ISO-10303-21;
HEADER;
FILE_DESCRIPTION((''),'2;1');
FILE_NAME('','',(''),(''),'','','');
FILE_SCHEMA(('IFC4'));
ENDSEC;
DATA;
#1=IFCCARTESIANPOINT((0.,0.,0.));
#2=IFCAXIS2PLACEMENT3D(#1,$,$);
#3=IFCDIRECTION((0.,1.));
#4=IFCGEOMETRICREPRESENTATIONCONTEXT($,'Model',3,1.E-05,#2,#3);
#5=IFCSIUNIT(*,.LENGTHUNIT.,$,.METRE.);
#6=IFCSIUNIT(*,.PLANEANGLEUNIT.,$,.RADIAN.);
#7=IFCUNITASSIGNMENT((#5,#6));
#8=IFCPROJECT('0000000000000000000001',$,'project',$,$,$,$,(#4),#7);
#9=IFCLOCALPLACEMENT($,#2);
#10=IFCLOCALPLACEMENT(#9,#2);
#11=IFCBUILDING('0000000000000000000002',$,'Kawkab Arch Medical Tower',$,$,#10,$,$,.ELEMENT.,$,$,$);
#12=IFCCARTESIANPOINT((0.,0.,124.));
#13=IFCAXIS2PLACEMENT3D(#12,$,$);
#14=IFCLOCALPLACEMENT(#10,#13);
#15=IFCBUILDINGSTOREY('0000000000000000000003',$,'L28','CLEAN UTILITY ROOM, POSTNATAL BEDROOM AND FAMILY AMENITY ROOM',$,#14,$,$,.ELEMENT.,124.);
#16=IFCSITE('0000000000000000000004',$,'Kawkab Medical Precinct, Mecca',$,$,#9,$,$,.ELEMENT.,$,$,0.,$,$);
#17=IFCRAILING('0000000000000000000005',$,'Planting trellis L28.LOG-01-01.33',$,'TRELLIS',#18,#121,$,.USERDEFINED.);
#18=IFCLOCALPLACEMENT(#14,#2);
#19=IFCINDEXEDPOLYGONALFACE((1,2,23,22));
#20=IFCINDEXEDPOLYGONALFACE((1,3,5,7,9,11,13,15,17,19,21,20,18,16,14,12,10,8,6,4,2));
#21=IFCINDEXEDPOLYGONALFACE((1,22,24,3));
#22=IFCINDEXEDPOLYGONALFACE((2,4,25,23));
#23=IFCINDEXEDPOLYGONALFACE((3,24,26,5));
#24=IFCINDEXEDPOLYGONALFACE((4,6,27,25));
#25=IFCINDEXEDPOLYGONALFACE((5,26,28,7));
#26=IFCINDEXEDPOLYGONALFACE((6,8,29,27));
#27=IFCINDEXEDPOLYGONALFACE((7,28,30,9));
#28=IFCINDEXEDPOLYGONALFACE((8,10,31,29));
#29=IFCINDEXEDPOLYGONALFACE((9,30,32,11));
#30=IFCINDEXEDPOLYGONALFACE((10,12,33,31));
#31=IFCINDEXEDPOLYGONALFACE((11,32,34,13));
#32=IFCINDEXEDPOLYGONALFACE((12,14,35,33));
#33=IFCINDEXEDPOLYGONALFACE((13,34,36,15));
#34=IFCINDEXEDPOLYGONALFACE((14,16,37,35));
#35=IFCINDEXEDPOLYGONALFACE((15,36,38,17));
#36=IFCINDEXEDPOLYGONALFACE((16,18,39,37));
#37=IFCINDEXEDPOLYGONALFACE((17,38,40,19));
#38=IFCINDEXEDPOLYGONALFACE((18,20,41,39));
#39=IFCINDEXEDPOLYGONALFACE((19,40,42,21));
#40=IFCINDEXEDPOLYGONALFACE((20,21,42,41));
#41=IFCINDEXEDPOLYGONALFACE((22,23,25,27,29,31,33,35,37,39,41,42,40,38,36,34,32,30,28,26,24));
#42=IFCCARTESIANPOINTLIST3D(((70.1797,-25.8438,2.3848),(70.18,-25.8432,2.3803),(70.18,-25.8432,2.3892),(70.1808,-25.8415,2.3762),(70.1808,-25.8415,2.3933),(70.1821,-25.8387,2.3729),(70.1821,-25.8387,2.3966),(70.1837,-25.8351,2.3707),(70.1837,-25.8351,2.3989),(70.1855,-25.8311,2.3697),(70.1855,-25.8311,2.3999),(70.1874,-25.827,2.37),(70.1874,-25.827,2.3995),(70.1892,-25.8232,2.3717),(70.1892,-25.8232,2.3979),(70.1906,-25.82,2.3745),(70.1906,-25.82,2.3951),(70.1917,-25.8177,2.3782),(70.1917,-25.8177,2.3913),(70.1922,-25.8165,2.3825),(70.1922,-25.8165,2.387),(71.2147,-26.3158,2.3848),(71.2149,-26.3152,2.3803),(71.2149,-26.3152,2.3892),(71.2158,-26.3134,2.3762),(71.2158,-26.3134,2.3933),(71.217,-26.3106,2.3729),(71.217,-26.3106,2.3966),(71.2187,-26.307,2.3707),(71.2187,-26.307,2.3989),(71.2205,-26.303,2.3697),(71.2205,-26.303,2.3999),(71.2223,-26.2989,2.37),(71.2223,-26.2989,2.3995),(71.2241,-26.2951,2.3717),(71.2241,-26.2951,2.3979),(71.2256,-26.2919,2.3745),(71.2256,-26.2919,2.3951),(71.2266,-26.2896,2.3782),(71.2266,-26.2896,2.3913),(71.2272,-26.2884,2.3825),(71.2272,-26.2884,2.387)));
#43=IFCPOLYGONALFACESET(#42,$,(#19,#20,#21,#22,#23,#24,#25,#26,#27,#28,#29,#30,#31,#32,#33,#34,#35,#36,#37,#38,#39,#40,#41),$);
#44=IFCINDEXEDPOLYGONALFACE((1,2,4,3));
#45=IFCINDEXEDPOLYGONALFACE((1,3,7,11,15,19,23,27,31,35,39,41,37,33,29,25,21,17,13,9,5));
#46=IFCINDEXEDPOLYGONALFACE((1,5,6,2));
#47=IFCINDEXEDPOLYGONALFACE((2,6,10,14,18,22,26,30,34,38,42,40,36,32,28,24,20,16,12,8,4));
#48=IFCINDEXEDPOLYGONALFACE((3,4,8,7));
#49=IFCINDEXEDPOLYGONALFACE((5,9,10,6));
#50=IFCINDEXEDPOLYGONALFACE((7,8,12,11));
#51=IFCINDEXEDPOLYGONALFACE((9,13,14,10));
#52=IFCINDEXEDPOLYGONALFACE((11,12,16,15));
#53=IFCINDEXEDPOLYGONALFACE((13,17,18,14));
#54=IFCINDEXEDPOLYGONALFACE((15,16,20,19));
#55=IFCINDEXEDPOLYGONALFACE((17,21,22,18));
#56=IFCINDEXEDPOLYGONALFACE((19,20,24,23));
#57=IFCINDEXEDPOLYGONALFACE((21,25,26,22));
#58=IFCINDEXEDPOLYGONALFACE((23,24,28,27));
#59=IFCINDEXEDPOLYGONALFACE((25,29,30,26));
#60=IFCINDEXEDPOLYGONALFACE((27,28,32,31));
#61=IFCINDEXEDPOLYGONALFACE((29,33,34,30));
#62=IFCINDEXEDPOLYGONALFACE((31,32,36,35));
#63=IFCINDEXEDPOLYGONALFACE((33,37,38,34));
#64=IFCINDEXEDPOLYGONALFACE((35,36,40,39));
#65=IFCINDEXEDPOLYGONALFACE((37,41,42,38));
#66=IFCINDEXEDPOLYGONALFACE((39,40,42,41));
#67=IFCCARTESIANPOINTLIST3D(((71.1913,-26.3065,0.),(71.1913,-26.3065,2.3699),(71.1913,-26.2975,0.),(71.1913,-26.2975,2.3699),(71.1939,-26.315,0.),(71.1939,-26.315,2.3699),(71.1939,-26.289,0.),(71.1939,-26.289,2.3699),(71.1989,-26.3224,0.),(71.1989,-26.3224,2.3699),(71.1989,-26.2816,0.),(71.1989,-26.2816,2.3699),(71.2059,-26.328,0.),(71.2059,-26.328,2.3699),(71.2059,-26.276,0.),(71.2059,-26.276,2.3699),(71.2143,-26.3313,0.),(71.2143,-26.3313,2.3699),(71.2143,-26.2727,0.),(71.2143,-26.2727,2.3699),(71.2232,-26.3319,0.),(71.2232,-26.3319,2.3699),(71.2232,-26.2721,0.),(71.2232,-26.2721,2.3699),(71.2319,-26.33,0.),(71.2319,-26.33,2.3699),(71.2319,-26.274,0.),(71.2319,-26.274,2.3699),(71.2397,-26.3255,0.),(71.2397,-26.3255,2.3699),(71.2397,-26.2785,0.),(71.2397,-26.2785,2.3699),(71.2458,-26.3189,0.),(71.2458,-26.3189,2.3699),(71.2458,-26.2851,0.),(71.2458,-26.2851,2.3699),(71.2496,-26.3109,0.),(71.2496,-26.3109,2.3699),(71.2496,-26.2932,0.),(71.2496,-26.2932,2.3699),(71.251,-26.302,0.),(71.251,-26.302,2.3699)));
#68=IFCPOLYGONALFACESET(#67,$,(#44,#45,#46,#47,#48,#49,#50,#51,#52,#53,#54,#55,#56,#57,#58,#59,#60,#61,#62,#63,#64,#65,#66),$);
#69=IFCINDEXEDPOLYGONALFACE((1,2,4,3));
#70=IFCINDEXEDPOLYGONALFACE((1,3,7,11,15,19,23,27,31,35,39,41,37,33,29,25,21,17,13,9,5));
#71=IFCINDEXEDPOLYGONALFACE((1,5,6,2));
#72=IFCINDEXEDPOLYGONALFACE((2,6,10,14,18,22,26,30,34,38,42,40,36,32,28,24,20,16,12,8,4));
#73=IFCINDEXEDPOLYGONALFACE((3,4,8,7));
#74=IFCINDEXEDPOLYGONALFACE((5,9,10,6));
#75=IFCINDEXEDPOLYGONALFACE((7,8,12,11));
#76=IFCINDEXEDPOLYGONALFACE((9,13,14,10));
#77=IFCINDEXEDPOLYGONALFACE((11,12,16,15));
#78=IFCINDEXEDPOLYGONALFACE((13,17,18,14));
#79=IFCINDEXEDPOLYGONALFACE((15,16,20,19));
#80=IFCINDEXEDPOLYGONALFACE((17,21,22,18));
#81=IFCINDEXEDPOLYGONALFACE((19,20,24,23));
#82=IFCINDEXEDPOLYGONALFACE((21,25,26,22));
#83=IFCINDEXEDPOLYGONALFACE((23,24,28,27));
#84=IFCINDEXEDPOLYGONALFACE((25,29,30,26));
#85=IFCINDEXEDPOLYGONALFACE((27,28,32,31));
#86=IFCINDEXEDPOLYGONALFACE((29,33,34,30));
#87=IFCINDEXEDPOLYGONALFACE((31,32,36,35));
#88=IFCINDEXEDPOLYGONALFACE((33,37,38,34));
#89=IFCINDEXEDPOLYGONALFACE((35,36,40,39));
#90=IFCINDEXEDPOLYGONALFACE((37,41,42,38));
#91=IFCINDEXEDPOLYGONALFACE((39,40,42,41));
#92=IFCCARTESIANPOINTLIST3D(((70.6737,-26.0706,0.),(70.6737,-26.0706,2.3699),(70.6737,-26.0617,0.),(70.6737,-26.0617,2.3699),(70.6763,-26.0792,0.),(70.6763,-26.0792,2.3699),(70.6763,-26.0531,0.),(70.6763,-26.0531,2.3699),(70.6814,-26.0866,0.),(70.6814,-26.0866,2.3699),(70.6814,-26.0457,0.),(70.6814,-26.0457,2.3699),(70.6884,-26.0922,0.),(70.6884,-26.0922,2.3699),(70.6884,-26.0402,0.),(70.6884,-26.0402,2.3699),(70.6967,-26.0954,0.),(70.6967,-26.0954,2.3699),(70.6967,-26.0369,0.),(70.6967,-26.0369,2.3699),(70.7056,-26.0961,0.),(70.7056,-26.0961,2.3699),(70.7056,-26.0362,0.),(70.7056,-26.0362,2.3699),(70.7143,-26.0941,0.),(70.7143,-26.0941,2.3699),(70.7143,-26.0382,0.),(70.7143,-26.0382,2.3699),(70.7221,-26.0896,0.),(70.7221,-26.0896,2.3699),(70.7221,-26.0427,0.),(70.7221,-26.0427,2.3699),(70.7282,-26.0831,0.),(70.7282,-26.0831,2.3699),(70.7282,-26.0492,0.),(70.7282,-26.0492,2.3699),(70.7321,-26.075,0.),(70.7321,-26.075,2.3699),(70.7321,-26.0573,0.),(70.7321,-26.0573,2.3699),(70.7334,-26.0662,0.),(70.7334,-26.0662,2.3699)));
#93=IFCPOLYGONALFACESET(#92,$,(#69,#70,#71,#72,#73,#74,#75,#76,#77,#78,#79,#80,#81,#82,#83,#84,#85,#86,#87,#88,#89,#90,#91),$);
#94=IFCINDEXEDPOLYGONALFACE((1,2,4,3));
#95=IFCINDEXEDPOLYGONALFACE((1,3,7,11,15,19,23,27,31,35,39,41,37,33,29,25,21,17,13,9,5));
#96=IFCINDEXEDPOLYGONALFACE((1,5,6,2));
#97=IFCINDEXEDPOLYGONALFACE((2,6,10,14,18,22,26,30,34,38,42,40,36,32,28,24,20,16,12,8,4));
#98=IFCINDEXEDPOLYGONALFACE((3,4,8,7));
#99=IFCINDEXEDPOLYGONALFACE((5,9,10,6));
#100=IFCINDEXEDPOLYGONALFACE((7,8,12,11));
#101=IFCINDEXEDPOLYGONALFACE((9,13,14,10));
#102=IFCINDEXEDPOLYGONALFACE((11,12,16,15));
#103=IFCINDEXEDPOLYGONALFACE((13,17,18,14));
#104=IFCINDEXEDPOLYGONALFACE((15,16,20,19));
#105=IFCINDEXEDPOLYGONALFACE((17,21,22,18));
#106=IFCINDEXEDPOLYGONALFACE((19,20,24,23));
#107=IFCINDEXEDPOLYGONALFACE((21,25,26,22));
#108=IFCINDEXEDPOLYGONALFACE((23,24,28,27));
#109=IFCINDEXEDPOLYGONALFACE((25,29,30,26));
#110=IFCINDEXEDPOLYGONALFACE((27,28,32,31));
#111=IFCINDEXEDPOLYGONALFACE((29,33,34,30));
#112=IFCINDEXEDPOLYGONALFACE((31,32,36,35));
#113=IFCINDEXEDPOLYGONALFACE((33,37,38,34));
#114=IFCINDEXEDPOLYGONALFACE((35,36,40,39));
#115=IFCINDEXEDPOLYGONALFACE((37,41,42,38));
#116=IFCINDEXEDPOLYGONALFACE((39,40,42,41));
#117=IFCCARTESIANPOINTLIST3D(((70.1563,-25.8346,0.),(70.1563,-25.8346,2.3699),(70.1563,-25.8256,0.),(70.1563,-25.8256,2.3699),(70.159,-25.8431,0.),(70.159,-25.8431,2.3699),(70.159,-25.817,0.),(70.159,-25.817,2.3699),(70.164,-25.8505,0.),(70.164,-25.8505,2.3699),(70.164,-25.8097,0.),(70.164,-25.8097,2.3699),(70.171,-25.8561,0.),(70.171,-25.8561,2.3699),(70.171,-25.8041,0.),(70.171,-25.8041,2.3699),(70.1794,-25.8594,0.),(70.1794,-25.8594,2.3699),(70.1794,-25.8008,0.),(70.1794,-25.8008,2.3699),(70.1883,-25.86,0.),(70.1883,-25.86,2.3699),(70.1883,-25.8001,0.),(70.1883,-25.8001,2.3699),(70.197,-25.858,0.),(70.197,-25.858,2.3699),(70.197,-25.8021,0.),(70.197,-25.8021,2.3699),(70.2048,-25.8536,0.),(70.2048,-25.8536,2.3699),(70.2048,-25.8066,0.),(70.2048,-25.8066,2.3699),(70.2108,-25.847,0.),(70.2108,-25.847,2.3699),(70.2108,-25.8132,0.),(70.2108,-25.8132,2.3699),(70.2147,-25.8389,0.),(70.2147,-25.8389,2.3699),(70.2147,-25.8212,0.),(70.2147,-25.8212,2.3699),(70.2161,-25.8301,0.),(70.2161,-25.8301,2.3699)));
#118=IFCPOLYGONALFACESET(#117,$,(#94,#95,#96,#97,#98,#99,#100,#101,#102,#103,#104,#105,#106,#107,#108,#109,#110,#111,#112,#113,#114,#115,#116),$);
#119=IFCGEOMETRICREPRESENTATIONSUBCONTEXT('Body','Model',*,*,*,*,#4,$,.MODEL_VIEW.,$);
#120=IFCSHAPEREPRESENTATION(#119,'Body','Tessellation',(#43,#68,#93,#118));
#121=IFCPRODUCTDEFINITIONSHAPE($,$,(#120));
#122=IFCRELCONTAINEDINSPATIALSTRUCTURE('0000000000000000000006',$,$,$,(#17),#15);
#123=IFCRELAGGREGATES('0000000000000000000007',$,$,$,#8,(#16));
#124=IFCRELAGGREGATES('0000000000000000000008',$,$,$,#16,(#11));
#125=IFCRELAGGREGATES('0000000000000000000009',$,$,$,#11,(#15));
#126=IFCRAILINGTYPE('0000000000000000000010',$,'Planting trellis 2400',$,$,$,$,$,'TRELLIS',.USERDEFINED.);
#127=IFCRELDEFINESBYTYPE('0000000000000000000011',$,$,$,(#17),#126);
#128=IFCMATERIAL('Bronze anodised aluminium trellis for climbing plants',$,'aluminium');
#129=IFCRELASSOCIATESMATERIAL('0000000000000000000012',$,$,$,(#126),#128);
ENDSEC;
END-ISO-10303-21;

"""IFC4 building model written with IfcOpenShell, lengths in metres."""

from ifc_helpers import new_model, si_unit, direction, frame, origin, origin_2d, place, context, subcontext, project, spatial, circle, extrude, material, type_object, element, save


model = new_model("IFC4")

# Units and contexts
model_context = context("Model", 3, precision=1e-05, world=origin(), true_north=direction((0.0, 1.0)))
body_context = subcontext(model_context, "Body", "Model", "MODEL_VIEW")
ifc_project = project(units=[si_unit("LENGTHUNIT", "METRE"), si_unit("PLANEANGLEUNIT", "RADIAN")], contexts=[model_context])

# Site, building, storey
site_placement = place(None, origin())
site = spatial("IfcSite", under=ifc_project, at=site_placement, Name="Kawkab Medical Precinct, Mecca", CompositionType="ELEMENT", RefElevation=0.0)
building_placement = place(site_placement, origin())
building = spatial("IfcBuilding", under=site, at=building_placement, Name="Kawkab Arch Medical Tower", CompositionType="ELEMENT")
storey_placement = place(building_placement, frame((0.0, 0.0, 124.0)))
storey = spatial("IfcBuildingStorey", under=building, at=storey_placement, Name="L28", Description="CLEAN UTILITY ROOM, POSTNATAL BEDROOM AND FAMILY AMENITY ROOM", CompositionType="ELEMENT", Elevation=124.0)

# Railing
ifc_material_1 = material(Name="Bronze anodised aluminium trellis for climbing plants", Category="aluminium")
railing_type = type_object("IfcRailingType", Name="Planting trellis 2400", ElementType="TRELLIS", PredefinedType="USERDEFINED", material=ifc_material_1)
railing_1_placement = place(storey_placement, frame((71.2209, -26.302, 0.0)))
element("IfcRailing", 1, at=railing_1_placement, inside=storey, type_object=railing_type, Name="Planting trellis L28.LOG-01-01.33", ObjectType="TRELLIS", PredefinedType="USERDEFINED", context=body_context, shape_type="SweptSolid", body=[
    extrude(circle(Radius=0.0151, at=origin_2d()), frame((0.0, 0.0, 2.3848), z_axis=(-0.909866, 0.414902, 0.0), x_axis=(-0.414902, -0.909866, 0.0)), (0.0, 0.0, 1.0), 1.1375),
    extrude(circle(Radius=0.03, at=origin_2d()), origin(), (0.0, 0.0, 1.0), 2.3699),
    extrude(circle(Radius=0.03, at=origin_2d()), frame((-0.5176, 0.2358, 0.0)), (0.0, 0.0, 1.0), 2.3699),
    extrude(circle(Radius=0.03, at=origin_2d()), frame((-1.0349, 0.4719, 0.0)), (0.0, 0.0, 1.0), 2.3699),
])

save(model, "model.ifc")
